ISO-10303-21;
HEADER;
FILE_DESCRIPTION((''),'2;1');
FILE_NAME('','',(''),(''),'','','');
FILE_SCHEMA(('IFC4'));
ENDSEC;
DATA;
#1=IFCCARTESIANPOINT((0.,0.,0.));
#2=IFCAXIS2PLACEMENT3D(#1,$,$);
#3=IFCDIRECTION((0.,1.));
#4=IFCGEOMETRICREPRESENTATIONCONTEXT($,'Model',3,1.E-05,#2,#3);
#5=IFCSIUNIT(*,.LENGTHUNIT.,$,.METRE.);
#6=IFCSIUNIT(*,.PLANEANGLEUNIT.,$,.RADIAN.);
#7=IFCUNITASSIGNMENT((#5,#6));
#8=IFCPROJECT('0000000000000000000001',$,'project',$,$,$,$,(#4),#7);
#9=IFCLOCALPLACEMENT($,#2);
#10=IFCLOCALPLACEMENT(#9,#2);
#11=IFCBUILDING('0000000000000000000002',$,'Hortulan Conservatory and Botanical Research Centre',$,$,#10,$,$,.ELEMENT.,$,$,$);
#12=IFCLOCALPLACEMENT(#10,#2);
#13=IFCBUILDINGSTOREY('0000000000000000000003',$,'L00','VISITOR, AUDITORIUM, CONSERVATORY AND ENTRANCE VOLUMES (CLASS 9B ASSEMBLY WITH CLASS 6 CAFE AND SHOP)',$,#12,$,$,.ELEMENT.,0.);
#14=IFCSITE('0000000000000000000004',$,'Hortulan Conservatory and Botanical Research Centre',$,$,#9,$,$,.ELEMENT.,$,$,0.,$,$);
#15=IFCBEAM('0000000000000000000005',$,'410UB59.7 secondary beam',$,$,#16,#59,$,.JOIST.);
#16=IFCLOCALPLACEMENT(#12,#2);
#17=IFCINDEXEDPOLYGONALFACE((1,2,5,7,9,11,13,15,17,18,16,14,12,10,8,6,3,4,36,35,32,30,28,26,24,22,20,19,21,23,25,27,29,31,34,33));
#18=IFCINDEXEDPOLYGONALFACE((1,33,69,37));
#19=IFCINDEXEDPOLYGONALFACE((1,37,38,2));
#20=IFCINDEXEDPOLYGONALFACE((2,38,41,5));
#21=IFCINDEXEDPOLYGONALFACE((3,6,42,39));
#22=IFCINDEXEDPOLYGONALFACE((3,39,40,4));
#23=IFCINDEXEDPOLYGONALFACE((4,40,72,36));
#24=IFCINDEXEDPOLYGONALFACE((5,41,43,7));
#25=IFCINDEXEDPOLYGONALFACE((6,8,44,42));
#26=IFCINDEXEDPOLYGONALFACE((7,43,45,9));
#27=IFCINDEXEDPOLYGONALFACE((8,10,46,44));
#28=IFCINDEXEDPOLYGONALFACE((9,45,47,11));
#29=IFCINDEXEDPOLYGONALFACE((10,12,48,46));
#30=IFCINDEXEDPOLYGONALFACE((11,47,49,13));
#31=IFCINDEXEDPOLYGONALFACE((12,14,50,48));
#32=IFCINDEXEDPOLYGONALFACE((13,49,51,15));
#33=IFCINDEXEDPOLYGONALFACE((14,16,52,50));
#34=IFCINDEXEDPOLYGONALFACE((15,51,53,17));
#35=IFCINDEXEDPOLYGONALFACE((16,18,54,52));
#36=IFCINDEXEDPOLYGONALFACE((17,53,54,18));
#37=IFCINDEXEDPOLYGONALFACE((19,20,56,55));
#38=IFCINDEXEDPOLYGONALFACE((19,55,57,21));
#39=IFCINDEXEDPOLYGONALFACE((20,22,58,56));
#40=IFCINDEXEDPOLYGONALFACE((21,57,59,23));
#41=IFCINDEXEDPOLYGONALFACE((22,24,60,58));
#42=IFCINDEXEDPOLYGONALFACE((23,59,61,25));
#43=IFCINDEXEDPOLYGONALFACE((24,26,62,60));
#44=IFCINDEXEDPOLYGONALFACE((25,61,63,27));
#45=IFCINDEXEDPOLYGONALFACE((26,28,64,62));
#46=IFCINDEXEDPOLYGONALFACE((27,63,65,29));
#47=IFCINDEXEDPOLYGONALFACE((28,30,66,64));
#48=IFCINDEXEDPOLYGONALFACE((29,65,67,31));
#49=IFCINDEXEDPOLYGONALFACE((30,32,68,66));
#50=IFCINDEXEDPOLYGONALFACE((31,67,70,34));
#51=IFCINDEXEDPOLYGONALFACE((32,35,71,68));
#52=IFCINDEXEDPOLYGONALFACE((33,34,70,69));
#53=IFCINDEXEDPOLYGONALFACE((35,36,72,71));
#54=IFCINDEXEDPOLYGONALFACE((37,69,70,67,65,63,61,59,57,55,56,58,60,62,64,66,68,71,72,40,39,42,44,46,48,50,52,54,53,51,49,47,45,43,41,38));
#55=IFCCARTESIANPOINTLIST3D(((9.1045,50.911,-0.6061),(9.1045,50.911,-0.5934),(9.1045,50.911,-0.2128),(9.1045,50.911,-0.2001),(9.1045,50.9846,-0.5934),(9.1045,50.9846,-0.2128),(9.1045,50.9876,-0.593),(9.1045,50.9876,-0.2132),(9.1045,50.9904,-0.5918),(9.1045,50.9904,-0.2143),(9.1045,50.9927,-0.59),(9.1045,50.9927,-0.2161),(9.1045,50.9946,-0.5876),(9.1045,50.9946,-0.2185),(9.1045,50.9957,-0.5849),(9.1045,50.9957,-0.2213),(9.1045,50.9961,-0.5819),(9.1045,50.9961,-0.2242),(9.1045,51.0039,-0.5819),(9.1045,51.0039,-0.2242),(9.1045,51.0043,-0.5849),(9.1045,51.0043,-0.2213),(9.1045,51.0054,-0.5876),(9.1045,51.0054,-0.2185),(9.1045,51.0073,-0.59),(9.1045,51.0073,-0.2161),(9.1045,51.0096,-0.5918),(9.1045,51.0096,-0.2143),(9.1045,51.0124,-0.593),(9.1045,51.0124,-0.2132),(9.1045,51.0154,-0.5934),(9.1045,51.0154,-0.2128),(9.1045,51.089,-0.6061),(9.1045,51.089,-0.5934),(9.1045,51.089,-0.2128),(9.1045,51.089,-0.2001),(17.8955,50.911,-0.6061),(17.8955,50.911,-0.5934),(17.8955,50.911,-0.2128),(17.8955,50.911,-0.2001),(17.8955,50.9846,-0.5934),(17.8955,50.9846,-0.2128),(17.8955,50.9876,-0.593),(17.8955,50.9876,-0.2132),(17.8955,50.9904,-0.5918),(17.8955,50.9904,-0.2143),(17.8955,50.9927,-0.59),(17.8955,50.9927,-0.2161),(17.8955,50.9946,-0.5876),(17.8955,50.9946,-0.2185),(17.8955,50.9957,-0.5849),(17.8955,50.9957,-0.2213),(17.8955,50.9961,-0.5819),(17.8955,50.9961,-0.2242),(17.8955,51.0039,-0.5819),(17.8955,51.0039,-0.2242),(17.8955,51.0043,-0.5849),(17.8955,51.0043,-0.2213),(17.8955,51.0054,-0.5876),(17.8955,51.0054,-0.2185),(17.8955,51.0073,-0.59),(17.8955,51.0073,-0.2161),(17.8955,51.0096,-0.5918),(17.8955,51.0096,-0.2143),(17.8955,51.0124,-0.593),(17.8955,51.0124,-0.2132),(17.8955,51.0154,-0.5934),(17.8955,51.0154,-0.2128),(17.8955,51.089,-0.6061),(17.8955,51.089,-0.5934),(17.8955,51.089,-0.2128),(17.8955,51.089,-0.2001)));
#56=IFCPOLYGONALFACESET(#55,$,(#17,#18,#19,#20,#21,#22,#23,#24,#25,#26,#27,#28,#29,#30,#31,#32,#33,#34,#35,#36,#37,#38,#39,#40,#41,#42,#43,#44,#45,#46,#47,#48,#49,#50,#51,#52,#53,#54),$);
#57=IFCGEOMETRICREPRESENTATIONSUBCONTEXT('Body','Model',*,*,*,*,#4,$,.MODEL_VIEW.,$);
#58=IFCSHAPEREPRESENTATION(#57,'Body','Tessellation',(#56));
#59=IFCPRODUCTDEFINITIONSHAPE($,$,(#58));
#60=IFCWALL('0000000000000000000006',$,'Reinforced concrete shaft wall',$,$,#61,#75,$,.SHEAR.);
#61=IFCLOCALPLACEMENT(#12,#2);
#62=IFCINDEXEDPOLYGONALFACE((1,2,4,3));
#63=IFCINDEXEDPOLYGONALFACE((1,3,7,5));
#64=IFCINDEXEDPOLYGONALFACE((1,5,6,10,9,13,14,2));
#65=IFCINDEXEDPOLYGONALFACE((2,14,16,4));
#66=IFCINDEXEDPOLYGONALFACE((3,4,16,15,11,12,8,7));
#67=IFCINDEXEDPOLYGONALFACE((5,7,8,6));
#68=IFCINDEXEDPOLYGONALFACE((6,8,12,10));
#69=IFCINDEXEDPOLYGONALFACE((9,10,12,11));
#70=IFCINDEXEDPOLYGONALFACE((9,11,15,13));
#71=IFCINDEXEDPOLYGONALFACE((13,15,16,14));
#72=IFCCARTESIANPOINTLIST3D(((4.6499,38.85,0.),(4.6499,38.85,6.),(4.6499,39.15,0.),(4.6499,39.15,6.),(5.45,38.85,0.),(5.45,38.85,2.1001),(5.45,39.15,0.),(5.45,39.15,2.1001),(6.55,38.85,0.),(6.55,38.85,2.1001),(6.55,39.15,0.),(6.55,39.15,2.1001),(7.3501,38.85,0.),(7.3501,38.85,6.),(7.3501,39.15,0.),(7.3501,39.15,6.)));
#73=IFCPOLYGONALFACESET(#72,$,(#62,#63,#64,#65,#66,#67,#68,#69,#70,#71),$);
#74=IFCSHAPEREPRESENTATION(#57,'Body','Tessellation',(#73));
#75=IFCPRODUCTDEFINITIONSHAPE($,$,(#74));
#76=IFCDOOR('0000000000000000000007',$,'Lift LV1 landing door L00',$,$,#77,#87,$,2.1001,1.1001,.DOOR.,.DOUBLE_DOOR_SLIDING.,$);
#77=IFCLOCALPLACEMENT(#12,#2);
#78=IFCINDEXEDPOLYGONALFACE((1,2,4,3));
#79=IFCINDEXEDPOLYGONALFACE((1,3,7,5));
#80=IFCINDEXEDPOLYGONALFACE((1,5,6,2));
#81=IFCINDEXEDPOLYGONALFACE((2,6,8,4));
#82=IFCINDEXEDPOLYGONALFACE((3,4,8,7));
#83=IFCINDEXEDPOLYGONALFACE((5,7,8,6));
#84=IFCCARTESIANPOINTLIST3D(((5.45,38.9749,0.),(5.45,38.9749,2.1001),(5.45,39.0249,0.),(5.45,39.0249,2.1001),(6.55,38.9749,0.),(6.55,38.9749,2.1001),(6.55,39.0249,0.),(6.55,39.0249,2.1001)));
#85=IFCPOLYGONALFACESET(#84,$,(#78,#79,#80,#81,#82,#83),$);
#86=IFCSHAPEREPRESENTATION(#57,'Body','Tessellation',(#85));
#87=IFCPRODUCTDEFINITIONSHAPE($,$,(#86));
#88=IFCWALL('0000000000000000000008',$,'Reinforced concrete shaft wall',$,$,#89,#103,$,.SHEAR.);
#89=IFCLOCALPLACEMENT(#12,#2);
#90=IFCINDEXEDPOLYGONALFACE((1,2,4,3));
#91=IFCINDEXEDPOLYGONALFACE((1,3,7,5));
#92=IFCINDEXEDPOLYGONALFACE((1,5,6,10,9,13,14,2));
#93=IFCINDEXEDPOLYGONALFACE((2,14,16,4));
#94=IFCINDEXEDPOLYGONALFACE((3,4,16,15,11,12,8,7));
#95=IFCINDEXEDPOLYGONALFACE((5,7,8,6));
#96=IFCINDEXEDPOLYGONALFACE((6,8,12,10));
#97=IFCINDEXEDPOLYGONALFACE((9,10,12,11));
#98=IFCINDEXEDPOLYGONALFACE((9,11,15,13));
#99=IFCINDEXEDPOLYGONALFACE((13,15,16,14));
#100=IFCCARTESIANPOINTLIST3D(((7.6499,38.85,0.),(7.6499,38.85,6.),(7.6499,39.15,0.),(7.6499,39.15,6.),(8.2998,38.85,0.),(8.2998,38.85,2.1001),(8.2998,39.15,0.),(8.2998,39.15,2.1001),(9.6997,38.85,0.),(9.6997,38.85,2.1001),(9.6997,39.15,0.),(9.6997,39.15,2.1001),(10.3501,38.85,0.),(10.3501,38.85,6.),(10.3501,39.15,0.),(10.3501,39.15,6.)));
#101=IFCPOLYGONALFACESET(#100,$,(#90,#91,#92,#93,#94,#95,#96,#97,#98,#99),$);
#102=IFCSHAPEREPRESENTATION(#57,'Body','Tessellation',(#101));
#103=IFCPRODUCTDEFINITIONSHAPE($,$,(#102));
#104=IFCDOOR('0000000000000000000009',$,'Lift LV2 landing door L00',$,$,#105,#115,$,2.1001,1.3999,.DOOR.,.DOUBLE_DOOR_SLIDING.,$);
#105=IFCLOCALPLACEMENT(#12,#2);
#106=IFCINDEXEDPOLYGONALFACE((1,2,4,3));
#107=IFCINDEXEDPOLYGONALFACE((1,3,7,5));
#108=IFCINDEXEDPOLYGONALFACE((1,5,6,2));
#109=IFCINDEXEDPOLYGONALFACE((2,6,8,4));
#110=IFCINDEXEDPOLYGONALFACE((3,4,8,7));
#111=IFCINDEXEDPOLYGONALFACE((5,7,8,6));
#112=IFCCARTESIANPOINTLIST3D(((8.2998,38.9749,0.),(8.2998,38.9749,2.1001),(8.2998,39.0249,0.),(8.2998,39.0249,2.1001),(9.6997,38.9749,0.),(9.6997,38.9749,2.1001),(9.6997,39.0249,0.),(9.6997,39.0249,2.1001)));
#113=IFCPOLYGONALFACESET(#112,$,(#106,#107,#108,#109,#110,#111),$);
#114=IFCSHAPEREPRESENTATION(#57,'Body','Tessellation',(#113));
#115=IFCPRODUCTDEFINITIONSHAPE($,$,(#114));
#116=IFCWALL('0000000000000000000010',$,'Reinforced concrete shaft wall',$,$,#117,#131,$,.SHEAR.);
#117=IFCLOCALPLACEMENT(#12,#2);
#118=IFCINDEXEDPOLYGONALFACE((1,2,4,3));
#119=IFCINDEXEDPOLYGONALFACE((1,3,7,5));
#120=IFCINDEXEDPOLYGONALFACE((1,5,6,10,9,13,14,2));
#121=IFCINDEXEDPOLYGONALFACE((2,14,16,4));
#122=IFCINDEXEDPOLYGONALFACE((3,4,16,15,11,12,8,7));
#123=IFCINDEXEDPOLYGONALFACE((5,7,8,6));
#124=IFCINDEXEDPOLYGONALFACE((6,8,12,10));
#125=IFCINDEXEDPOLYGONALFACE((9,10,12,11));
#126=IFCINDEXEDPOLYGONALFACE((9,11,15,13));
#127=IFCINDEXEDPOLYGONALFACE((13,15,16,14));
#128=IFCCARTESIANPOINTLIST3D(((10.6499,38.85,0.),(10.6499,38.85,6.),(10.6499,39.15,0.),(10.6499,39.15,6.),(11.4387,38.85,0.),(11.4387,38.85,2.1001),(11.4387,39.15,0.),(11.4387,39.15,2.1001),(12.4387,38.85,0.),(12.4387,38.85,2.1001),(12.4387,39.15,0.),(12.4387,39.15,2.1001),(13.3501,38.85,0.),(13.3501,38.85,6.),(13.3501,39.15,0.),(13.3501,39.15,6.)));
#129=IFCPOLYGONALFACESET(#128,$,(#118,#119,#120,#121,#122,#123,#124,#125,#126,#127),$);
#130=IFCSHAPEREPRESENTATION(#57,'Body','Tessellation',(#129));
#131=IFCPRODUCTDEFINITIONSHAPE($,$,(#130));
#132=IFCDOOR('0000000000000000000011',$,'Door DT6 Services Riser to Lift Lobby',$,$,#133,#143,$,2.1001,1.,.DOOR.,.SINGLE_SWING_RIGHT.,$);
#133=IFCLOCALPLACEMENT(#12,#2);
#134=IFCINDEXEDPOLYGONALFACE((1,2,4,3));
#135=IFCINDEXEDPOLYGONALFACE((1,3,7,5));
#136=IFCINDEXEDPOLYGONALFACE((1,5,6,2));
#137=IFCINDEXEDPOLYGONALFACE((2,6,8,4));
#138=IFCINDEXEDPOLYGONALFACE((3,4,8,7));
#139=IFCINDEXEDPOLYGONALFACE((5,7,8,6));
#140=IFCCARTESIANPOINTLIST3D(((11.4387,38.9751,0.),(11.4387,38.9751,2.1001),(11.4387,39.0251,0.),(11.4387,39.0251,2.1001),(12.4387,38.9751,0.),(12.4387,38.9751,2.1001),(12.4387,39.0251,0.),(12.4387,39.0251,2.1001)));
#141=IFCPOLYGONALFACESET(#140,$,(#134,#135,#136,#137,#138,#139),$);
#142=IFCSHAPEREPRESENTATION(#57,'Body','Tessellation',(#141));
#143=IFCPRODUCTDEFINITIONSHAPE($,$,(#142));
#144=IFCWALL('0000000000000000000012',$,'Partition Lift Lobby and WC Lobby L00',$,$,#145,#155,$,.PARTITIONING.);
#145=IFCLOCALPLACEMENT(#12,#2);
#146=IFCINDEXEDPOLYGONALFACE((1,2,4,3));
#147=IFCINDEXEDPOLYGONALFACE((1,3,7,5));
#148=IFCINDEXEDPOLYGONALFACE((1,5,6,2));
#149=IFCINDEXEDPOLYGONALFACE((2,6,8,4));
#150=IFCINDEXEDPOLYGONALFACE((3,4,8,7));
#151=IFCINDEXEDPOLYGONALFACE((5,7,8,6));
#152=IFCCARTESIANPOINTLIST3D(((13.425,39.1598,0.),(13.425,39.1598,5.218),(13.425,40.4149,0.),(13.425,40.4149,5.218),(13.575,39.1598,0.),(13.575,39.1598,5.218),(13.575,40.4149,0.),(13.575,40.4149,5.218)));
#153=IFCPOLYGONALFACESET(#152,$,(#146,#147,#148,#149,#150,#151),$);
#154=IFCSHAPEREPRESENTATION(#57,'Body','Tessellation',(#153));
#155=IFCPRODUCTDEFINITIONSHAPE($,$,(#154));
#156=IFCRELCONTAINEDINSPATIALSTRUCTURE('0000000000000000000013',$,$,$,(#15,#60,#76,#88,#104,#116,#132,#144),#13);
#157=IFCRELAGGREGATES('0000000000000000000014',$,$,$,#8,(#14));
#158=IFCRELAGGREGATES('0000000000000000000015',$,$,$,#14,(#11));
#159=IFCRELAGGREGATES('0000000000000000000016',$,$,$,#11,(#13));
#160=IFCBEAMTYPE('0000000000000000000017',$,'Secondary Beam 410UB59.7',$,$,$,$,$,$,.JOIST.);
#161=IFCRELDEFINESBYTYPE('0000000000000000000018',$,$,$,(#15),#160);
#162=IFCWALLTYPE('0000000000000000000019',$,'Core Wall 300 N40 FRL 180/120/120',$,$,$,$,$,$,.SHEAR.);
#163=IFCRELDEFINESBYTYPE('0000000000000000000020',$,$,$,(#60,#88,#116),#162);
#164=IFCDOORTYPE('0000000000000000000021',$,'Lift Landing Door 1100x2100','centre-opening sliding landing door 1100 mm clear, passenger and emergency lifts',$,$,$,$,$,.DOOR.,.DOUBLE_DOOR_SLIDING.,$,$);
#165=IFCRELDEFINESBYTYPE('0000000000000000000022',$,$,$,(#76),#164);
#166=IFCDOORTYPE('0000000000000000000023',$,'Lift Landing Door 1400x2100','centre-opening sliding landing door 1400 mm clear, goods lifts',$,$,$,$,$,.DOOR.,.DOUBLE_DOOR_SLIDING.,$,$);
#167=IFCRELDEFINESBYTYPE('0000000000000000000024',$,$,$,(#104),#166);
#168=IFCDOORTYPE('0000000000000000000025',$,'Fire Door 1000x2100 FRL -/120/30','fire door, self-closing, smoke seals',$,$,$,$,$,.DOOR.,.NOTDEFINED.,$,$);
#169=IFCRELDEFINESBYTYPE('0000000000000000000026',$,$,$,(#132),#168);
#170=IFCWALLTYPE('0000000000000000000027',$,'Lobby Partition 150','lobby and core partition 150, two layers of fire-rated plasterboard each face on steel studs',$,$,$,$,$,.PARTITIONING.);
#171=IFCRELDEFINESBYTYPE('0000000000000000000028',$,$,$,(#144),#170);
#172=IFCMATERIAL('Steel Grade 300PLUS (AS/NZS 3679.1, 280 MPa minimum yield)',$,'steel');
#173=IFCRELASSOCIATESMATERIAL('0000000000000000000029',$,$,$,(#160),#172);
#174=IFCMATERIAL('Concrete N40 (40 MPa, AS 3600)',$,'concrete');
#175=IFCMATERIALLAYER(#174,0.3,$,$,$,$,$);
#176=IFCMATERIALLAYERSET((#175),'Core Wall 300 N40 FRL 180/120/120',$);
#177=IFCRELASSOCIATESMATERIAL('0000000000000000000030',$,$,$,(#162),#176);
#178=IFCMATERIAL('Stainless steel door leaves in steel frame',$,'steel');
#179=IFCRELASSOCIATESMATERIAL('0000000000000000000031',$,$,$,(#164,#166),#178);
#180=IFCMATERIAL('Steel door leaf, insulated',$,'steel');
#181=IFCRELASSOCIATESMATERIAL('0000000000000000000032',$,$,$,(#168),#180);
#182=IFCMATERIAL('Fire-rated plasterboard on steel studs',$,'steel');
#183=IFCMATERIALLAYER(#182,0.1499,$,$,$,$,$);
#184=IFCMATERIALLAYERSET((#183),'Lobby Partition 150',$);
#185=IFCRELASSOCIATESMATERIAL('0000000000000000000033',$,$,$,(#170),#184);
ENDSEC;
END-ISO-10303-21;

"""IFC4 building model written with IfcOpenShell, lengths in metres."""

from ifc_helpers import new_model, si_unit, direction, frame, frame_2d, origin, origin_2d, place, context, subcontext, project, spatial, rectangle, i_section, extrude, material, layer, layer_set, material_profile, profile_set, type_object, element, fill, save


model = new_model("IFC4")

# Units and contexts
model_context = context("Model", 3, precision=1e-05, world=origin(), true_north=direction((0.0, 1.0)))
body_context = subcontext(model_context, "Body", "Model", "MODEL_VIEW")
ifc_project = project(units=[si_unit("LENGTHUNIT", "METRE"), si_unit("PLANEANGLEUNIT", "RADIAN")], contexts=[model_context])

# Site, building, storey
site_placement = place(None, origin())
site = spatial("IfcSite", under=ifc_project, at=site_placement, Name="Hortulan Conservatory and Botanical Research Centre", CompositionType="ELEMENT", RefElevation=0.0)
building_placement = place(site_placement, origin())
building = spatial("IfcBuilding", under=site, at=building_placement, Name="Hortulan Conservatory and Botanical Research Centre", CompositionType="ELEMENT")
storey_placement = place(building_placement, origin())
storey = spatial("IfcBuildingStorey", under=building, at=storey_placement, Name="L00", Description="VISITOR, AUDITORIUM, CONSERVATORY AND ENTRANCE VOLUMES (CLASS 9B ASSEMBLY WITH CLASS 6 CAFE AND SHOP)", CompositionType="ELEMENT", Elevation=0.0)

# Shared definitions
ifc_material_1 = material(Name="Steel Grade 300PLUS (AS/NZS 3679.1, 280 MPa minimum yield)", Category="steel")

# Beam
ifc_material_profile_1 = material_profile(ifc_material_1, i_section(OverallWidth=0.178, OverallDepth=0.406, WebThickness=0.0078, FlangeThickness=0.0127, FilletRadius=0.0115, at=origin_2d()), Name="410UB59.7")
ifc_profile_set_1 = profile_set([ifc_material_profile_1], Name="Steel Grade 300PLUS (AS/NZS 3679.1, 280 MPa minimum yield)")
beam_type_1 = type_object("IfcBeamType", Name="Secondary Beam 410UB59.7", PredefinedType="JOIST", material=ifc_profile_set_1)
for number, where, z_axis, x_axis, name in (
    (1, (9.1045, 51.0, -0.4031), (1.0, 0.0, 0.0), (0.0, 1.0, 0.0), "410UB59.7 secondary beam"),
):
    element("IfcBeam", number, at=place(storey_placement, frame(where, z_axis=z_axis, x_axis=x_axis)), inside=storey, type_object=beam_type_1, Name=name, PredefinedType="JOIST", context=body_context, shape_type="SweptSolid", body=[
        extrude(i_section(OverallWidth=0.178, OverallDepth=0.406, WebThickness=0.0078, FlangeThickness=0.0127, FilletRadius=0.0115, at=origin_2d()), origin(), (0.0, 0.0, 1.0), 8.791),
    ])

# Walls, openings, doors
ifc_material_2 = material(Name="Concrete N40 (40 MPa, AS 3600)", Category="concrete")
ifc_layer_1 = layer(ifc_material_2, 0.3)
ifc_layer_set_1 = layer_set([ifc_layer_1], Name="Core Wall 300 N40 FRL 180/120/120")
wall_type_1 = type_object("IfcWallType", Name="Core Wall 300 N40 FRL 180/120/120", PredefinedType="SHEAR", material=ifc_layer_set_1)
wall_1_placement = place(storey_placement, frame((4.6499, 39.0, 0.0), z_axis=(0.0, 0.0, 1.0), x_axis=(1.0, 0.0, 0.0)))
wall_1 = element("IfcWall", 2, at=wall_1_placement, inside=storey, type_object=wall_type_1, Name="Reinforced concrete shaft wall", PredefinedType="SHEAR", context=body_context, shape_type="SweptSolid", body=[
    extrude(rectangle(XDim=2.7002, YDim=0.3, at=frame_2d((1.3501, 0.0))), origin(), (0.0, 0.0, 1.0), 6.0),
])
opening_1_placement = place(wall_1_placement, frame((0.8, 0.0, 0.0)))
opening_1 = element("IfcOpeningElement", 3, at=opening_1_placement, cuts=wall_1, PredefinedType="OPENING", context=body_context, shape_type="SweptSolid", body=[
    extrude(rectangle(XDim=1.1001, YDim=2.1001, at=frame_2d((0.55, 1.05))), frame((0.0, 0.1599, 0.0), z_axis=(0.0, -1.0, 0.0), x_axis=(1.0, 0.0, 0.0)), (0.0, 0.0, 1.0), 0.3201),
])
ifc_material_3 = material(Name="Stainless steel door leaves in steel frame", Category="steel")
door_type_1 = type_object("IfcDoorType", Name="Lift Landing Door 1100x2100", Description="centre-opening sliding landing door 1100 mm clear, passenger and emergency lifts", OperationType="DOUBLE_DOOR_SLIDING", PredefinedType="DOOR", material=ifc_material_3)
door_1_placement = place(opening_1_placement, origin())
door_1 = element("IfcDoor", 4, at=door_1_placement, inside=storey, type_object=door_type_1, Name="Lift LV1 landing door L00", OperationType="DOUBLE_DOOR_SLIDING", OverallHeight=2.1001, OverallWidth=1.1001, PredefinedType="DOOR", context=body_context, shape_type="SweptSolid", body=[
    extrude(rectangle(XDim=1.1001, YDim=2.1001, at=frame_2d((0.55, 1.05))), frame((0.0, 0.0249, 0.0), z_axis=(0.0, -1.0, 0.0), x_axis=(1.0, 0.0, 0.0)), (0.0, 0.0, 1.0), 0.05),
])
fill(opening_1, door_1)
wall_2_placement = place(storey_placement, frame((7.6499, 39.0, 0.0), z_axis=(0.0, 0.0, 1.0), x_axis=(1.0, 0.0, 0.0)))
wall_2 = element("IfcWall", 5, at=wall_2_placement, inside=storey, type_object=wall_type_1, Name="Reinforced concrete shaft wall", PredefinedType="SHEAR", context=body_context, shape_type="SweptSolid", body=[
    extrude(rectangle(XDim=2.7002, YDim=0.3, at=frame_2d((1.3501, 0.0))), origin(), (0.0, 0.0, 1.0), 6.0),
])
opening_2_placement = place(wall_2_placement, frame((0.6499, 0.0, 0.0)))
opening_2 = element("IfcOpeningElement", 6, at=opening_2_placement, cuts=wall_2, PredefinedType="OPENING", context=body_context, shape_type="SweptSolid", body=[
    extrude(rectangle(XDim=1.3999, YDim=2.1001, at=frame_2d((0.7, 1.05))), frame((0.0, 0.1599, 0.0), z_axis=(0.0, -1.0, 0.0), x_axis=(1.0, 0.0, 0.0)), (0.0, 0.0, 1.0), 0.3201),
])
door_type_2 = type_object("IfcDoorType", Name="Lift Landing Door 1400x2100", Description="centre-opening sliding landing door 1400 mm clear, goods lifts", OperationType="DOUBLE_DOOR_SLIDING", PredefinedType="DOOR", material=ifc_material_3)
door_2_placement = place(opening_2_placement, origin())
door_2 = element("IfcDoor", 7, at=door_2_placement, inside=storey, type_object=door_type_2, Name="Lift LV2 landing door L00", OperationType="DOUBLE_DOOR_SLIDING", OverallHeight=2.1001, OverallWidth=1.3999, PredefinedType="DOOR", context=body_context, shape_type="SweptSolid", body=[
    extrude(rectangle(XDim=1.3999, YDim=2.1001, at=frame_2d((0.7, 1.05))), frame((0.0, 0.0249, 0.0), z_axis=(0.0, -1.0, 0.0), x_axis=(1.0, 0.0, 0.0)), (0.0, 0.0, 1.0), 0.05),
])
fill(opening_2, door_2)
wall_3_placement = place(storey_placement, frame((10.6499, 39.0, 0.0), z_axis=(0.0, 0.0, 1.0), x_axis=(1.0, 0.0, 0.0)))
wall_3 = element("IfcWall", 8, at=wall_3_placement, inside=storey, type_object=wall_type_1, Name="Reinforced concrete shaft wall", PredefinedType="SHEAR", context=body_context, shape_type="SweptSolid", body=[
    extrude(rectangle(XDim=2.7002, YDim=0.3, at=frame_2d((1.3501, 0.0))), origin(), (0.0, 0.0, 1.0), 6.0),
])
opening_3_placement = place(wall_3_placement, frame((0.7888, 0.0, 0.0)))
opening_3 = element("IfcOpeningElement", 9, at=opening_3_placement, cuts=wall_3, PredefinedType="OPENING", context=body_context, shape_type="SweptSolid", body=[
    extrude(rectangle(XDim=1.0, YDim=2.1001, at=frame_2d((0.5, 1.05))), frame((0.0, 0.1599, 0.0), z_axis=(0.0, -1.0, 0.0), x_axis=(1.0, 0.0, 0.0)), (0.0, 0.0, 1.0), 0.3201),
])
ifc_material_4 = material(Name="Steel door leaf, insulated", Category="steel")
door_type_3 = type_object("IfcDoorType", Name="Fire Door 1000x2100 FRL -/120/30", Description="fire door, self-closing, smoke seals", OperationType="NOTDEFINED", PredefinedType="DOOR", material=ifc_material_4)
door_3_placement = place(opening_3_placement, frame((1.0, 0.0, 0.0), z_axis=(0.0, 0.0, 1.0), x_axis=(-1.0, 0.0, 0.0)))
door_3 = element("IfcDoor", 10, at=door_3_placement, inside=storey, type_object=door_type_3, Name="Door DT6 Services Riser to Lift Lobby", OperationType="SINGLE_SWING_RIGHT", OverallHeight=2.1001, OverallWidth=1.0, PredefinedType="DOOR", context=body_context, shape_type="SweptSolid", body=[
    extrude(rectangle(XDim=1.0, YDim=2.1001, at=frame_2d((0.5, 1.05))), frame((0.0, 0.0249, 0.0), z_axis=(0.0, -1.0, 0.0), x_axis=(1.0, 0.0, 0.0)), (0.0, 0.0, 1.0), 0.05),
])
fill(opening_3, door_3)

# Wall
ifc_material_5 = material(Name="Fire-rated plasterboard on steel studs", Category="steel")
ifc_layer_2 = layer(ifc_material_5, 0.1499)
ifc_layer_set_2 = layer_set([ifc_layer_2], Name="Lobby Partition 150")
wall_type_2 = type_object("IfcWallType", Name="Lobby Partition 150", Description="lobby and core partition 150, two layers of fire-rated plasterboard each face on steel studs", PredefinedType="PARTITIONING", material=ifc_layer_set_2)
wall_4_placement = place(storey_placement, frame((13.5, 39.1599, 0.0), z_axis=(0.0, 0.0, 1.0), x_axis=(0.0, 1.0, 0.0)))
element("IfcWall", 11, at=wall_4_placement, inside=storey, type_object=wall_type_2, Name="Partition Lift Lobby and WC Lobby L00", PredefinedType="PARTITIONING", context=body_context, shape_type="SweptSolid", body=[
    extrude(rectangle(XDim=1.2551, YDim=0.1499, at=frame_2d((0.6274, 0.0))), origin(), (0.0, 0.0, 1.0), 5.218),
])

save(model, "model.ifc")
